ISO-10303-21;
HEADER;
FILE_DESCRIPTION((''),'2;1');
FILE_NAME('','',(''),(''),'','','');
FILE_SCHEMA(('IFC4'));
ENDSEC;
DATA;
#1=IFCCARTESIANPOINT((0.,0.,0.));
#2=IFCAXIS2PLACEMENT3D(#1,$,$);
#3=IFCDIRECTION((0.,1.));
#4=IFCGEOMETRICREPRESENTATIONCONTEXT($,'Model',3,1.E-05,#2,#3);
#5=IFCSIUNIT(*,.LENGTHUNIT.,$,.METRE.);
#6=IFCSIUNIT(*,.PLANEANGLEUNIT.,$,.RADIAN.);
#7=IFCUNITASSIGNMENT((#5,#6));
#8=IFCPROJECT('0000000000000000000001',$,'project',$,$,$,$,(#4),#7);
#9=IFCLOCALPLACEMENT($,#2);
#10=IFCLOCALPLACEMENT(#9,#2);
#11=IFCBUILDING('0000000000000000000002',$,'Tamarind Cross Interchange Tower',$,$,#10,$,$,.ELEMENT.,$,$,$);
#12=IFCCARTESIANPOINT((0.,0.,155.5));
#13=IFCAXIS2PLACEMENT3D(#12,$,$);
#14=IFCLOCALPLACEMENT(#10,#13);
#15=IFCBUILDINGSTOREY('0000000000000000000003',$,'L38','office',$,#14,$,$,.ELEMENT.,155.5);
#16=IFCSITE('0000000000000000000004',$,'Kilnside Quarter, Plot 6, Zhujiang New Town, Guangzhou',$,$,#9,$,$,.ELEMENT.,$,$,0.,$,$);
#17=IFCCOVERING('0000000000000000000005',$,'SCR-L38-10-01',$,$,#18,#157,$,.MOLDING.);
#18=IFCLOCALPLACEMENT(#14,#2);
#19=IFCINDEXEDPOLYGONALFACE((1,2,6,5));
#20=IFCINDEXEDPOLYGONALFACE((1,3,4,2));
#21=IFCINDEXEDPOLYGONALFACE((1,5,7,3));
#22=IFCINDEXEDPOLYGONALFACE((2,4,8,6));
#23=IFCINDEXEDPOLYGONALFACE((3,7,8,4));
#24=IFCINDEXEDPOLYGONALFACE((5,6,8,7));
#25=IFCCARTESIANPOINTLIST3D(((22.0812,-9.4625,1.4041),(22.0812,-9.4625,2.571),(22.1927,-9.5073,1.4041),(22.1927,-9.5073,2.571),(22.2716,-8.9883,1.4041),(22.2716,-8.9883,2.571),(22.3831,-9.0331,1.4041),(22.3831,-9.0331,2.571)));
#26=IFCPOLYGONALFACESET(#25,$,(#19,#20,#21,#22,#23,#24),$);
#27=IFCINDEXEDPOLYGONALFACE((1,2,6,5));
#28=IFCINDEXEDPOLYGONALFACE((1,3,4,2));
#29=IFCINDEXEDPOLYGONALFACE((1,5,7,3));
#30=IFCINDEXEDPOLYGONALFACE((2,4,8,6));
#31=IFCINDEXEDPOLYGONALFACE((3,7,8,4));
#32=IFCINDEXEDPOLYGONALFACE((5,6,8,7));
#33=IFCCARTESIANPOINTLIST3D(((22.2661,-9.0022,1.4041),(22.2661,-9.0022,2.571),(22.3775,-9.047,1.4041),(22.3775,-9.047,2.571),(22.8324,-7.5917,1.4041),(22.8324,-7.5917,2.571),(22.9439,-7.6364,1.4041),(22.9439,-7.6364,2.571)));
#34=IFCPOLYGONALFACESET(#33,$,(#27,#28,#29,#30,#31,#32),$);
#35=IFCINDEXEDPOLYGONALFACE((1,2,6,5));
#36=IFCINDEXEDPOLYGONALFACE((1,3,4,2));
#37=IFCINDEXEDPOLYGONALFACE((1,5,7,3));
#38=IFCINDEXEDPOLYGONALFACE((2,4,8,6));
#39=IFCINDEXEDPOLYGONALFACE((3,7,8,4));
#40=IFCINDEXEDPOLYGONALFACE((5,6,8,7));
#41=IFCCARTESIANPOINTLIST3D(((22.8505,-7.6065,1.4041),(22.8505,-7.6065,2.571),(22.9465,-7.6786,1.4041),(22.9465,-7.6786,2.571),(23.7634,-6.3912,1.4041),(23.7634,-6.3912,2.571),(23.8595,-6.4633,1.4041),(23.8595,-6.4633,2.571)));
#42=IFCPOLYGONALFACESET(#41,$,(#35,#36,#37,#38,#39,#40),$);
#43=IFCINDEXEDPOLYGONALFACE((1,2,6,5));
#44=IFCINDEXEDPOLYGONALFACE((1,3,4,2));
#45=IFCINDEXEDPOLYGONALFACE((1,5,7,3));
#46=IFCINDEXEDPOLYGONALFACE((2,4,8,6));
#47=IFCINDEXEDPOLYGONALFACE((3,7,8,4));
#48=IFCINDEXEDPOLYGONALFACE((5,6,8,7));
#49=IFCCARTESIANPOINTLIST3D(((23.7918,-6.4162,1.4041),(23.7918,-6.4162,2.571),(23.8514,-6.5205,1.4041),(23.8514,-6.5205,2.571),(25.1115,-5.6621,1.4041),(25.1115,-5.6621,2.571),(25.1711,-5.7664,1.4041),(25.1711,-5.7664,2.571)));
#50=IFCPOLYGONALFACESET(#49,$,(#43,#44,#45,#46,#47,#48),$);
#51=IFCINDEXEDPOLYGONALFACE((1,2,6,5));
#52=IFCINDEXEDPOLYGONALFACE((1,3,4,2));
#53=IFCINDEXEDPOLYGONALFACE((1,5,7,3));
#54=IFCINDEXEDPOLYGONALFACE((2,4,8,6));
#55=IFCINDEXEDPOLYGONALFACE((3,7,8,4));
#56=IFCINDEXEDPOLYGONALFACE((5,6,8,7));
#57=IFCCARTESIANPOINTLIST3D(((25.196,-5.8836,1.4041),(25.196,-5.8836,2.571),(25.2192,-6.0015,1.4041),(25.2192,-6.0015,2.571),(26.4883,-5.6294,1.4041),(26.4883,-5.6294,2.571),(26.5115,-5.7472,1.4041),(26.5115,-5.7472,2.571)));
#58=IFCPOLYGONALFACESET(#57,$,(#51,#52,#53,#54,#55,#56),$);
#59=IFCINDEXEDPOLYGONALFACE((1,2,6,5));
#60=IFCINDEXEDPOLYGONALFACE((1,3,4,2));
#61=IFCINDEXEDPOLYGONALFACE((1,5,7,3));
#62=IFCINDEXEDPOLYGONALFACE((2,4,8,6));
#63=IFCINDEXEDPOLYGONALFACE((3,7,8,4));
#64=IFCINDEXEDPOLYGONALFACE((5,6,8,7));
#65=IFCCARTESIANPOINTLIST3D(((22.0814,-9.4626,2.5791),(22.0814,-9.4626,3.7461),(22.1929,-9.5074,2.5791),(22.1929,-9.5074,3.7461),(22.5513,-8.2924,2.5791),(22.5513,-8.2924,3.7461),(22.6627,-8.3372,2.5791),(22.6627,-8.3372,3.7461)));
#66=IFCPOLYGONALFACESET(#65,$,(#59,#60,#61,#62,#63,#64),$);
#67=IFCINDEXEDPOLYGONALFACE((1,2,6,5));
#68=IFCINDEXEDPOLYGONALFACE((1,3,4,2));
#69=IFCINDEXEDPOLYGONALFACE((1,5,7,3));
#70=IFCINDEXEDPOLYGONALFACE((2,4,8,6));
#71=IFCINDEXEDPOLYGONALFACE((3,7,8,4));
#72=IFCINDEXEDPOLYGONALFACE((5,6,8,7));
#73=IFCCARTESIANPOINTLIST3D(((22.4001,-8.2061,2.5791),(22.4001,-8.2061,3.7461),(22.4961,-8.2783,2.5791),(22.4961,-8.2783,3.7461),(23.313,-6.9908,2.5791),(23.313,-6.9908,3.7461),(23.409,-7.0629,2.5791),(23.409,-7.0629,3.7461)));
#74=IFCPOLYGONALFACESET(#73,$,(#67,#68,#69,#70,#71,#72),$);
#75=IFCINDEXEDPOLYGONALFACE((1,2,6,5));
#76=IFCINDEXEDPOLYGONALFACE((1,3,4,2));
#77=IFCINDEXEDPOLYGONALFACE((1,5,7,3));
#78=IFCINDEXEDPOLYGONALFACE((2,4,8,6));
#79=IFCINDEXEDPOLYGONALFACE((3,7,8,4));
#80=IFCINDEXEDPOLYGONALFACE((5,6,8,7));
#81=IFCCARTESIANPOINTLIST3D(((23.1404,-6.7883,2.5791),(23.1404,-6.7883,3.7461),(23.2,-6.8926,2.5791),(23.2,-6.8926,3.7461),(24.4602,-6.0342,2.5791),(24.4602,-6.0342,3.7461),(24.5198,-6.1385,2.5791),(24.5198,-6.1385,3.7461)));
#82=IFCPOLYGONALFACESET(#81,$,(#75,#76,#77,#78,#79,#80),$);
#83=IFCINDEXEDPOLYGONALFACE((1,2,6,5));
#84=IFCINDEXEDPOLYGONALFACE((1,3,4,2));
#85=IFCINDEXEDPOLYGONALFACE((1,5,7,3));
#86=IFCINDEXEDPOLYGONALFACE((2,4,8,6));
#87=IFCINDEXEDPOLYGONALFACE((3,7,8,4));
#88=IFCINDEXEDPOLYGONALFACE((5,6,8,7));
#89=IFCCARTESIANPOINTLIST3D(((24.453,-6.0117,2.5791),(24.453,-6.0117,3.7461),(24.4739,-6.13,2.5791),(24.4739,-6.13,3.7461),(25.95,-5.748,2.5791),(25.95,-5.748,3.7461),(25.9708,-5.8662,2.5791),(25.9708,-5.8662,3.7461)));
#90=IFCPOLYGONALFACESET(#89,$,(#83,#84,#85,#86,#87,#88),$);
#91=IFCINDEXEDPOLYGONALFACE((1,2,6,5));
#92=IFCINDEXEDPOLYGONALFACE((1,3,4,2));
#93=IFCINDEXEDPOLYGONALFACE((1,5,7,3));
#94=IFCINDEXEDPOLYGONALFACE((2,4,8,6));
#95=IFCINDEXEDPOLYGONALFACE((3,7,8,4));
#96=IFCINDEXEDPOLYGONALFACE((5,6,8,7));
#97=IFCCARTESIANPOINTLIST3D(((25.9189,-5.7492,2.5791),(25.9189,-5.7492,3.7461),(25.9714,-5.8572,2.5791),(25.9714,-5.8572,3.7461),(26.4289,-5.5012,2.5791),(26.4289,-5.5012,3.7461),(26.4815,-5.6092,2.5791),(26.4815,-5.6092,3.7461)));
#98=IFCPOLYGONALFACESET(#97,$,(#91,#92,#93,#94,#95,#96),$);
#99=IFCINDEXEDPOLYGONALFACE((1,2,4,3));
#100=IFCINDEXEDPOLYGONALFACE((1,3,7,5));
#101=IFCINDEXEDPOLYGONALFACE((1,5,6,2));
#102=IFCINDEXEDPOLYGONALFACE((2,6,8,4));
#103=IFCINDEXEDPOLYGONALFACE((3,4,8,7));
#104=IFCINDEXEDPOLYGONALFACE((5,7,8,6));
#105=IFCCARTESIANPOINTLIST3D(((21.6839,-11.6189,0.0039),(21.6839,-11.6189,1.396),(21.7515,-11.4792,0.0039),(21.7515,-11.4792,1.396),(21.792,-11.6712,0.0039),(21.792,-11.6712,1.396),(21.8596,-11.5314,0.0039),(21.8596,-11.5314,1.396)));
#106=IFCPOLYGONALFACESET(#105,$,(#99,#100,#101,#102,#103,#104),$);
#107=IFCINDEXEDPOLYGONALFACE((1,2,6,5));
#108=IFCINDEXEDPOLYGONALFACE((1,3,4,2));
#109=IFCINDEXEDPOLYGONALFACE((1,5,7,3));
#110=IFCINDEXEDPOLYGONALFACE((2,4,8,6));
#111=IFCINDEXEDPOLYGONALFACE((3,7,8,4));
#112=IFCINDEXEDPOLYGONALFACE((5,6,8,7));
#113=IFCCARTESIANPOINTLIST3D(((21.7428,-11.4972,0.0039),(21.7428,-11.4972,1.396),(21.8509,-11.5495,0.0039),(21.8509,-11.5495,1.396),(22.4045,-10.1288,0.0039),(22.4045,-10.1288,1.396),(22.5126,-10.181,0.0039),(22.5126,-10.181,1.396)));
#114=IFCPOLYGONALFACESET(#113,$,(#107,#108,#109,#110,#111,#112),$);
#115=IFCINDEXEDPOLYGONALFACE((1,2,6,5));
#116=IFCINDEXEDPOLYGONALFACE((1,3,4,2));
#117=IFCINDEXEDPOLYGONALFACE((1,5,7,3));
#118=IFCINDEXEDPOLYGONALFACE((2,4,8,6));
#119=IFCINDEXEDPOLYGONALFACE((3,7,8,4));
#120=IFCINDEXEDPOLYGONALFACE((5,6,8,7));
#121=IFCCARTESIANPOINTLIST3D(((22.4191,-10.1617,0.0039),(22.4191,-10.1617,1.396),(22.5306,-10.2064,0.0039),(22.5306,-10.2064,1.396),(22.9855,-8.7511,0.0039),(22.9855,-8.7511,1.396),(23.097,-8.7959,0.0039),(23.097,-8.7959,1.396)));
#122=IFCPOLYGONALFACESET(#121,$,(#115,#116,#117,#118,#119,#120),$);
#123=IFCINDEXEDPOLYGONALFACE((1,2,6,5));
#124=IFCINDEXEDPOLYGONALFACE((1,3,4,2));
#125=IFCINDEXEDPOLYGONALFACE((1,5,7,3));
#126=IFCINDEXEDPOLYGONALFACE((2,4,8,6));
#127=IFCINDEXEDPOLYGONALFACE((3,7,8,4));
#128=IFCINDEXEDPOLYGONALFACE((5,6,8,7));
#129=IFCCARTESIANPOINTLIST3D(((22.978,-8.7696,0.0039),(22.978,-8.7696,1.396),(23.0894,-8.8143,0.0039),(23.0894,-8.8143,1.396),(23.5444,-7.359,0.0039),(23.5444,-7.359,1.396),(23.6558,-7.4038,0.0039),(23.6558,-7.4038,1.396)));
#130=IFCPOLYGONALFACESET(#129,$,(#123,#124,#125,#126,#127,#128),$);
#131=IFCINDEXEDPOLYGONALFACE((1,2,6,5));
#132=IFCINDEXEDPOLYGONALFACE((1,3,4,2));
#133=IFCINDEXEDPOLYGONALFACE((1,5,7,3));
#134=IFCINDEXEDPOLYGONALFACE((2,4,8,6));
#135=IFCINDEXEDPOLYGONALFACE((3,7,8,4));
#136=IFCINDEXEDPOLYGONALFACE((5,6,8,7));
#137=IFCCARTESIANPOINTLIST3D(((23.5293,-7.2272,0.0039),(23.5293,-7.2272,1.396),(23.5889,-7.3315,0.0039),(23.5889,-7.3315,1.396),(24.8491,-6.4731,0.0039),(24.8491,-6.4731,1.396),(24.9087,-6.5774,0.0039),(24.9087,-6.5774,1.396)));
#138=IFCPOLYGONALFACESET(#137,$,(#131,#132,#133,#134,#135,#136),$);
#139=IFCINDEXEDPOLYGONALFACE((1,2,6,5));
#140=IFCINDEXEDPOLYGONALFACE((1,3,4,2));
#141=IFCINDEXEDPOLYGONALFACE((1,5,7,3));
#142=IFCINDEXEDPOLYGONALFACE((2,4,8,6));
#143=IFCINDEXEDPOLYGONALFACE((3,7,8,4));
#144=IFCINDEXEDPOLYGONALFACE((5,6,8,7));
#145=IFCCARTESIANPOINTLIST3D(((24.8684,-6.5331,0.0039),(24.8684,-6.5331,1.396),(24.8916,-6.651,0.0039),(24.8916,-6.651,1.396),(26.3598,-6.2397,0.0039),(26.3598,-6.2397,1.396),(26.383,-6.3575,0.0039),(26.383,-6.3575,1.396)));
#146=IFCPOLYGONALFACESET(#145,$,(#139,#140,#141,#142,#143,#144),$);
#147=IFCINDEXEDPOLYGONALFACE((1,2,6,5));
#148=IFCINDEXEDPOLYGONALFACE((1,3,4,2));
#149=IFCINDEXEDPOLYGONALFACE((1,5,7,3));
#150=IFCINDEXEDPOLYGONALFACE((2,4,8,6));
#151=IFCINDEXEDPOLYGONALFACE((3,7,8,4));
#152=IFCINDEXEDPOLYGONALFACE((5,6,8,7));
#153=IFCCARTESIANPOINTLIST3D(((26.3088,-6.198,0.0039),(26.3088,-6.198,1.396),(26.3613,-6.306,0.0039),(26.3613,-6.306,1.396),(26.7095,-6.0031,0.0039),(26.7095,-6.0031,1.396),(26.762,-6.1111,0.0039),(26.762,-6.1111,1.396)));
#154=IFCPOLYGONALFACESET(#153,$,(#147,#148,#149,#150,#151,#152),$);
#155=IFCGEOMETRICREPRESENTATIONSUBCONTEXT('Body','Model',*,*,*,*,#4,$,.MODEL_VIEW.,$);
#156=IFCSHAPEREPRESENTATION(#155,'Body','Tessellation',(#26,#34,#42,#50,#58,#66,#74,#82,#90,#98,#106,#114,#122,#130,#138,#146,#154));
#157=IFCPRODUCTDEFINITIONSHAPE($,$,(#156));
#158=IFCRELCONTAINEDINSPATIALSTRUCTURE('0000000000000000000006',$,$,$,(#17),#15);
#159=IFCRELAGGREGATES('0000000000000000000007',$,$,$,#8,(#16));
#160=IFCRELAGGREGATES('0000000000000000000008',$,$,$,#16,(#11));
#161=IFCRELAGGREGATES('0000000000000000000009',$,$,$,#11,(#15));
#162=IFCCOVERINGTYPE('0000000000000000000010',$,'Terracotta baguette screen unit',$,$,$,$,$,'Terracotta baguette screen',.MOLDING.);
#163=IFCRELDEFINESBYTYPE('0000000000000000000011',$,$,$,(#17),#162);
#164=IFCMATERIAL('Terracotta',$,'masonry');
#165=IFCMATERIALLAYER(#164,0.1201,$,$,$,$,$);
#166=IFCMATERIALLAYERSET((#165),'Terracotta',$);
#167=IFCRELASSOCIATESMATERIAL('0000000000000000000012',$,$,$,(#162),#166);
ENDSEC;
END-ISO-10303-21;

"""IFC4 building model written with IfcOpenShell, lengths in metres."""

from ifc_helpers import new_model, si_unit, direction, frame, origin, origin_2d, place, context, subcontext, project, spatial, rectangle, extrude, material, layer, layer_set, type_object, element, save


model = new_model("IFC4")

# Units and contexts
model_context = context("Model", 3, precision=1e-05, world=origin(), true_north=direction((0.0, 1.0)))
body_context = subcontext(model_context, "Body", "Model", "MODEL_VIEW")
ifc_project = project(units=[si_unit("LENGTHUNIT", "METRE"), si_unit("PLANEANGLEUNIT", "RADIAN")], contexts=[model_context])

# Site, building, storey
site_placement = place(None, origin())
site = spatial("IfcSite", under=ifc_project, at=site_placement, Name="Kilnside Quarter, Plot 6, Zhujiang New Town, Guangzhou", CompositionType="ELEMENT", RefElevation=0.0)
building_placement = place(site_placement, origin())
building = spatial("IfcBuilding", under=site, at=building_placement, Name="Tamarind Cross Interchange Tower", CompositionType="ELEMENT")
storey_placement = place(building_placement, frame((0.0, 0.0, 155.5)))
storey = spatial("IfcBuildingStorey", under=building, at=storey_placement, Name="L38", Description="office", CompositionType="ELEMENT", Elevation=155.5)

# Covering
ifc_material_1 = material(Name="Terracotta", Category="masonry")
ifc_layer_1 = layer(ifc_material_1, 0.1201)
ifc_layer_set_1 = layer_set([ifc_layer_1], Name="Terracotta")
covering_type = type_object("IfcCoveringType", Name="Terracotta baguette screen unit", ElementType="Terracotta baguette screen", PredefinedType="MOLDING", material=ifc_layer_set_1)
covering_1_placement = place(storey_placement, origin())
element("IfcCovering", 1, at=covering_1_placement, inside=storey, type_object=covering_type, Name="SCR-L38-10-01", PredefinedType="MOLDING", context=body_context, shape_type="SweptSolid", body=[
    extrude(rectangle(XDim=0.511, YDim=0.1201, at=origin_2d()), frame((22.2322, -9.2478, 1.4041), z_axis=(0.0, 0.0, 1.0), x_axis=(0.37262, 0.927984, 0.0)), (0.0, 0.0, 1.0), 1.167),
    extrude(rectangle(XDim=1.52, YDim=0.1201, at=origin_2d()), frame((22.605, -8.3193, 1.4041), z_axis=(0.0, 0.0, 1.0), x_axis=(0.37262, 0.927984, 0.0)), (0.0, 0.0, 1.0), 1.167),
    extrude(rectangle(XDim=1.52, YDim=0.1201, at=origin_2d()), frame((23.355, -7.0349, 1.4041), z_axis=(0.0, 0.0, 1.0), x_axis=(0.600604, 0.799547, 0.0)), (0.0, 0.0, 1.0), 1.167),
    extrude(rectangle(XDim=1.52, YDim=0.1201, at=origin_2d()), frame((24.4814, -6.0913, 1.4041), z_axis=(0.0, 0.0, 1.0), x_axis=(0.868258, 0.496112, 0.0)), (0.0, 0.0, 1.0), 1.167),
    extrude(rectangle(XDim=1.3171, YDim=0.1201, at=origin_2d()), frame((25.8538, -5.8154, 1.4041), z_axis=(0.0, 0.0, 1.0), x_axis=(0.981187, 0.19306, 0.0)), (0.0, 0.0, 1.0), 1.167),
    extrude(rectangle(XDim=1.261, YDim=0.1201, at=origin_2d()), frame((22.3721, -8.8999, 2.5791), z_axis=(0.0, 0.0, 1.0), x_axis=(0.37262, 0.927984, 0.0)), (0.0, 0.0, 1.0), 1.167),
    extrude(rectangle(XDim=1.52, YDim=0.1201, at=origin_2d()), frame((22.9045, -7.6345, 2.5791), z_axis=(0.0, 0.0, 1.0), x_axis=(0.600604, 0.799547, 0.0)), (0.0, 0.0, 1.0), 1.167),
    extrude(rectangle(XDim=1.52, YDim=0.1201, at=origin_2d()), frame((23.8301, -6.4634, 2.5791), z_axis=(0.0, 0.0, 1.0), x_axis=(0.868258, 0.496112, 0.0)), (0.0, 0.0, 1.0), 1.167),
    extrude(rectangle(XDim=1.52, YDim=0.1201, at=origin_2d()), frame((25.2119, -5.939, 2.5791), z_axis=(0.0, 0.0, 1.0), x_axis=(0.984833, 0.173503, 0.0)), (0.0, 0.0, 1.0), 1.167),
    extrude(rectangle(XDim=0.5671, YDim=0.1201, at=origin_2d()), frame((26.2002, -5.6792, 2.5791), z_axis=(0.0, 0.0, 1.0), x_axis=(0.899301, 0.437329, 0.0)), (0.0, 0.0, 1.0), 1.167),
    extrude(rectangle(XDim=0.1553, YDim=0.1201, at=origin_2d()), frame((21.7717, -11.5752, 0.0039), z_axis=(0.0, 0.0, 1.0), x_axis=(0.435326, 0.900273, 0.0)), (0.0, 0.0, 1.0), 1.3921),
    extrude(rectangle(XDim=1.52, YDim=0.1201, at=origin_2d()), frame((22.1277, -10.8391, 0.0039), z_axis=(0.0, 0.0, 1.0), x_axis=(0.435326, 0.900273, 0.0)), (0.0, 0.0, 1.0), 1.3921),
    extrude(rectangle(XDim=1.52, YDim=0.1201, at=origin_2d()), frame((22.7581, -9.4788, 0.0039), z_axis=(0.0, 0.0, 1.0), x_axis=(0.37262, 0.927984, 0.0)), (0.0, 0.0, 1.0), 1.3921),
    extrude(rectangle(XDim=1.52, YDim=0.1201, at=origin_2d()), frame((23.3169, -8.0867, 0.0039), z_axis=(0.0, 0.0, 1.0), x_axis=(0.37262, 0.927984, 0.0)), (0.0, 0.0, 1.0), 1.3921),
    extrude(rectangle(XDim=1.52, YDim=0.1201, at=origin_2d()), frame((24.219, -6.9023, 0.0039), z_axis=(0.0, 0.0, 1.0), x_axis=(0.868258, 0.496112, 0.0)), (0.0, 0.0, 1.0), 1.3921),
    extrude(rectangle(XDim=1.52, YDim=0.1201, at=origin_2d()), frame((25.6257, -6.4453, 0.0039), z_axis=(0.0, 0.0, 1.0), x_axis=(0.981187, 0.19306, 0.0)), (0.0, 0.0, 1.0), 1.3921),
    extrude(rectangle(XDim=0.4456, YDim=0.1201, at=origin_2d()), frame((26.5354, -6.1545, 0.0039), z_axis=(0.0, 0.0, 1.0), x_axis=(0.899301, 0.437329, 0.0)), (0.0, 0.0, 1.0), 1.3921),
])

save(model, "model.ifc")
